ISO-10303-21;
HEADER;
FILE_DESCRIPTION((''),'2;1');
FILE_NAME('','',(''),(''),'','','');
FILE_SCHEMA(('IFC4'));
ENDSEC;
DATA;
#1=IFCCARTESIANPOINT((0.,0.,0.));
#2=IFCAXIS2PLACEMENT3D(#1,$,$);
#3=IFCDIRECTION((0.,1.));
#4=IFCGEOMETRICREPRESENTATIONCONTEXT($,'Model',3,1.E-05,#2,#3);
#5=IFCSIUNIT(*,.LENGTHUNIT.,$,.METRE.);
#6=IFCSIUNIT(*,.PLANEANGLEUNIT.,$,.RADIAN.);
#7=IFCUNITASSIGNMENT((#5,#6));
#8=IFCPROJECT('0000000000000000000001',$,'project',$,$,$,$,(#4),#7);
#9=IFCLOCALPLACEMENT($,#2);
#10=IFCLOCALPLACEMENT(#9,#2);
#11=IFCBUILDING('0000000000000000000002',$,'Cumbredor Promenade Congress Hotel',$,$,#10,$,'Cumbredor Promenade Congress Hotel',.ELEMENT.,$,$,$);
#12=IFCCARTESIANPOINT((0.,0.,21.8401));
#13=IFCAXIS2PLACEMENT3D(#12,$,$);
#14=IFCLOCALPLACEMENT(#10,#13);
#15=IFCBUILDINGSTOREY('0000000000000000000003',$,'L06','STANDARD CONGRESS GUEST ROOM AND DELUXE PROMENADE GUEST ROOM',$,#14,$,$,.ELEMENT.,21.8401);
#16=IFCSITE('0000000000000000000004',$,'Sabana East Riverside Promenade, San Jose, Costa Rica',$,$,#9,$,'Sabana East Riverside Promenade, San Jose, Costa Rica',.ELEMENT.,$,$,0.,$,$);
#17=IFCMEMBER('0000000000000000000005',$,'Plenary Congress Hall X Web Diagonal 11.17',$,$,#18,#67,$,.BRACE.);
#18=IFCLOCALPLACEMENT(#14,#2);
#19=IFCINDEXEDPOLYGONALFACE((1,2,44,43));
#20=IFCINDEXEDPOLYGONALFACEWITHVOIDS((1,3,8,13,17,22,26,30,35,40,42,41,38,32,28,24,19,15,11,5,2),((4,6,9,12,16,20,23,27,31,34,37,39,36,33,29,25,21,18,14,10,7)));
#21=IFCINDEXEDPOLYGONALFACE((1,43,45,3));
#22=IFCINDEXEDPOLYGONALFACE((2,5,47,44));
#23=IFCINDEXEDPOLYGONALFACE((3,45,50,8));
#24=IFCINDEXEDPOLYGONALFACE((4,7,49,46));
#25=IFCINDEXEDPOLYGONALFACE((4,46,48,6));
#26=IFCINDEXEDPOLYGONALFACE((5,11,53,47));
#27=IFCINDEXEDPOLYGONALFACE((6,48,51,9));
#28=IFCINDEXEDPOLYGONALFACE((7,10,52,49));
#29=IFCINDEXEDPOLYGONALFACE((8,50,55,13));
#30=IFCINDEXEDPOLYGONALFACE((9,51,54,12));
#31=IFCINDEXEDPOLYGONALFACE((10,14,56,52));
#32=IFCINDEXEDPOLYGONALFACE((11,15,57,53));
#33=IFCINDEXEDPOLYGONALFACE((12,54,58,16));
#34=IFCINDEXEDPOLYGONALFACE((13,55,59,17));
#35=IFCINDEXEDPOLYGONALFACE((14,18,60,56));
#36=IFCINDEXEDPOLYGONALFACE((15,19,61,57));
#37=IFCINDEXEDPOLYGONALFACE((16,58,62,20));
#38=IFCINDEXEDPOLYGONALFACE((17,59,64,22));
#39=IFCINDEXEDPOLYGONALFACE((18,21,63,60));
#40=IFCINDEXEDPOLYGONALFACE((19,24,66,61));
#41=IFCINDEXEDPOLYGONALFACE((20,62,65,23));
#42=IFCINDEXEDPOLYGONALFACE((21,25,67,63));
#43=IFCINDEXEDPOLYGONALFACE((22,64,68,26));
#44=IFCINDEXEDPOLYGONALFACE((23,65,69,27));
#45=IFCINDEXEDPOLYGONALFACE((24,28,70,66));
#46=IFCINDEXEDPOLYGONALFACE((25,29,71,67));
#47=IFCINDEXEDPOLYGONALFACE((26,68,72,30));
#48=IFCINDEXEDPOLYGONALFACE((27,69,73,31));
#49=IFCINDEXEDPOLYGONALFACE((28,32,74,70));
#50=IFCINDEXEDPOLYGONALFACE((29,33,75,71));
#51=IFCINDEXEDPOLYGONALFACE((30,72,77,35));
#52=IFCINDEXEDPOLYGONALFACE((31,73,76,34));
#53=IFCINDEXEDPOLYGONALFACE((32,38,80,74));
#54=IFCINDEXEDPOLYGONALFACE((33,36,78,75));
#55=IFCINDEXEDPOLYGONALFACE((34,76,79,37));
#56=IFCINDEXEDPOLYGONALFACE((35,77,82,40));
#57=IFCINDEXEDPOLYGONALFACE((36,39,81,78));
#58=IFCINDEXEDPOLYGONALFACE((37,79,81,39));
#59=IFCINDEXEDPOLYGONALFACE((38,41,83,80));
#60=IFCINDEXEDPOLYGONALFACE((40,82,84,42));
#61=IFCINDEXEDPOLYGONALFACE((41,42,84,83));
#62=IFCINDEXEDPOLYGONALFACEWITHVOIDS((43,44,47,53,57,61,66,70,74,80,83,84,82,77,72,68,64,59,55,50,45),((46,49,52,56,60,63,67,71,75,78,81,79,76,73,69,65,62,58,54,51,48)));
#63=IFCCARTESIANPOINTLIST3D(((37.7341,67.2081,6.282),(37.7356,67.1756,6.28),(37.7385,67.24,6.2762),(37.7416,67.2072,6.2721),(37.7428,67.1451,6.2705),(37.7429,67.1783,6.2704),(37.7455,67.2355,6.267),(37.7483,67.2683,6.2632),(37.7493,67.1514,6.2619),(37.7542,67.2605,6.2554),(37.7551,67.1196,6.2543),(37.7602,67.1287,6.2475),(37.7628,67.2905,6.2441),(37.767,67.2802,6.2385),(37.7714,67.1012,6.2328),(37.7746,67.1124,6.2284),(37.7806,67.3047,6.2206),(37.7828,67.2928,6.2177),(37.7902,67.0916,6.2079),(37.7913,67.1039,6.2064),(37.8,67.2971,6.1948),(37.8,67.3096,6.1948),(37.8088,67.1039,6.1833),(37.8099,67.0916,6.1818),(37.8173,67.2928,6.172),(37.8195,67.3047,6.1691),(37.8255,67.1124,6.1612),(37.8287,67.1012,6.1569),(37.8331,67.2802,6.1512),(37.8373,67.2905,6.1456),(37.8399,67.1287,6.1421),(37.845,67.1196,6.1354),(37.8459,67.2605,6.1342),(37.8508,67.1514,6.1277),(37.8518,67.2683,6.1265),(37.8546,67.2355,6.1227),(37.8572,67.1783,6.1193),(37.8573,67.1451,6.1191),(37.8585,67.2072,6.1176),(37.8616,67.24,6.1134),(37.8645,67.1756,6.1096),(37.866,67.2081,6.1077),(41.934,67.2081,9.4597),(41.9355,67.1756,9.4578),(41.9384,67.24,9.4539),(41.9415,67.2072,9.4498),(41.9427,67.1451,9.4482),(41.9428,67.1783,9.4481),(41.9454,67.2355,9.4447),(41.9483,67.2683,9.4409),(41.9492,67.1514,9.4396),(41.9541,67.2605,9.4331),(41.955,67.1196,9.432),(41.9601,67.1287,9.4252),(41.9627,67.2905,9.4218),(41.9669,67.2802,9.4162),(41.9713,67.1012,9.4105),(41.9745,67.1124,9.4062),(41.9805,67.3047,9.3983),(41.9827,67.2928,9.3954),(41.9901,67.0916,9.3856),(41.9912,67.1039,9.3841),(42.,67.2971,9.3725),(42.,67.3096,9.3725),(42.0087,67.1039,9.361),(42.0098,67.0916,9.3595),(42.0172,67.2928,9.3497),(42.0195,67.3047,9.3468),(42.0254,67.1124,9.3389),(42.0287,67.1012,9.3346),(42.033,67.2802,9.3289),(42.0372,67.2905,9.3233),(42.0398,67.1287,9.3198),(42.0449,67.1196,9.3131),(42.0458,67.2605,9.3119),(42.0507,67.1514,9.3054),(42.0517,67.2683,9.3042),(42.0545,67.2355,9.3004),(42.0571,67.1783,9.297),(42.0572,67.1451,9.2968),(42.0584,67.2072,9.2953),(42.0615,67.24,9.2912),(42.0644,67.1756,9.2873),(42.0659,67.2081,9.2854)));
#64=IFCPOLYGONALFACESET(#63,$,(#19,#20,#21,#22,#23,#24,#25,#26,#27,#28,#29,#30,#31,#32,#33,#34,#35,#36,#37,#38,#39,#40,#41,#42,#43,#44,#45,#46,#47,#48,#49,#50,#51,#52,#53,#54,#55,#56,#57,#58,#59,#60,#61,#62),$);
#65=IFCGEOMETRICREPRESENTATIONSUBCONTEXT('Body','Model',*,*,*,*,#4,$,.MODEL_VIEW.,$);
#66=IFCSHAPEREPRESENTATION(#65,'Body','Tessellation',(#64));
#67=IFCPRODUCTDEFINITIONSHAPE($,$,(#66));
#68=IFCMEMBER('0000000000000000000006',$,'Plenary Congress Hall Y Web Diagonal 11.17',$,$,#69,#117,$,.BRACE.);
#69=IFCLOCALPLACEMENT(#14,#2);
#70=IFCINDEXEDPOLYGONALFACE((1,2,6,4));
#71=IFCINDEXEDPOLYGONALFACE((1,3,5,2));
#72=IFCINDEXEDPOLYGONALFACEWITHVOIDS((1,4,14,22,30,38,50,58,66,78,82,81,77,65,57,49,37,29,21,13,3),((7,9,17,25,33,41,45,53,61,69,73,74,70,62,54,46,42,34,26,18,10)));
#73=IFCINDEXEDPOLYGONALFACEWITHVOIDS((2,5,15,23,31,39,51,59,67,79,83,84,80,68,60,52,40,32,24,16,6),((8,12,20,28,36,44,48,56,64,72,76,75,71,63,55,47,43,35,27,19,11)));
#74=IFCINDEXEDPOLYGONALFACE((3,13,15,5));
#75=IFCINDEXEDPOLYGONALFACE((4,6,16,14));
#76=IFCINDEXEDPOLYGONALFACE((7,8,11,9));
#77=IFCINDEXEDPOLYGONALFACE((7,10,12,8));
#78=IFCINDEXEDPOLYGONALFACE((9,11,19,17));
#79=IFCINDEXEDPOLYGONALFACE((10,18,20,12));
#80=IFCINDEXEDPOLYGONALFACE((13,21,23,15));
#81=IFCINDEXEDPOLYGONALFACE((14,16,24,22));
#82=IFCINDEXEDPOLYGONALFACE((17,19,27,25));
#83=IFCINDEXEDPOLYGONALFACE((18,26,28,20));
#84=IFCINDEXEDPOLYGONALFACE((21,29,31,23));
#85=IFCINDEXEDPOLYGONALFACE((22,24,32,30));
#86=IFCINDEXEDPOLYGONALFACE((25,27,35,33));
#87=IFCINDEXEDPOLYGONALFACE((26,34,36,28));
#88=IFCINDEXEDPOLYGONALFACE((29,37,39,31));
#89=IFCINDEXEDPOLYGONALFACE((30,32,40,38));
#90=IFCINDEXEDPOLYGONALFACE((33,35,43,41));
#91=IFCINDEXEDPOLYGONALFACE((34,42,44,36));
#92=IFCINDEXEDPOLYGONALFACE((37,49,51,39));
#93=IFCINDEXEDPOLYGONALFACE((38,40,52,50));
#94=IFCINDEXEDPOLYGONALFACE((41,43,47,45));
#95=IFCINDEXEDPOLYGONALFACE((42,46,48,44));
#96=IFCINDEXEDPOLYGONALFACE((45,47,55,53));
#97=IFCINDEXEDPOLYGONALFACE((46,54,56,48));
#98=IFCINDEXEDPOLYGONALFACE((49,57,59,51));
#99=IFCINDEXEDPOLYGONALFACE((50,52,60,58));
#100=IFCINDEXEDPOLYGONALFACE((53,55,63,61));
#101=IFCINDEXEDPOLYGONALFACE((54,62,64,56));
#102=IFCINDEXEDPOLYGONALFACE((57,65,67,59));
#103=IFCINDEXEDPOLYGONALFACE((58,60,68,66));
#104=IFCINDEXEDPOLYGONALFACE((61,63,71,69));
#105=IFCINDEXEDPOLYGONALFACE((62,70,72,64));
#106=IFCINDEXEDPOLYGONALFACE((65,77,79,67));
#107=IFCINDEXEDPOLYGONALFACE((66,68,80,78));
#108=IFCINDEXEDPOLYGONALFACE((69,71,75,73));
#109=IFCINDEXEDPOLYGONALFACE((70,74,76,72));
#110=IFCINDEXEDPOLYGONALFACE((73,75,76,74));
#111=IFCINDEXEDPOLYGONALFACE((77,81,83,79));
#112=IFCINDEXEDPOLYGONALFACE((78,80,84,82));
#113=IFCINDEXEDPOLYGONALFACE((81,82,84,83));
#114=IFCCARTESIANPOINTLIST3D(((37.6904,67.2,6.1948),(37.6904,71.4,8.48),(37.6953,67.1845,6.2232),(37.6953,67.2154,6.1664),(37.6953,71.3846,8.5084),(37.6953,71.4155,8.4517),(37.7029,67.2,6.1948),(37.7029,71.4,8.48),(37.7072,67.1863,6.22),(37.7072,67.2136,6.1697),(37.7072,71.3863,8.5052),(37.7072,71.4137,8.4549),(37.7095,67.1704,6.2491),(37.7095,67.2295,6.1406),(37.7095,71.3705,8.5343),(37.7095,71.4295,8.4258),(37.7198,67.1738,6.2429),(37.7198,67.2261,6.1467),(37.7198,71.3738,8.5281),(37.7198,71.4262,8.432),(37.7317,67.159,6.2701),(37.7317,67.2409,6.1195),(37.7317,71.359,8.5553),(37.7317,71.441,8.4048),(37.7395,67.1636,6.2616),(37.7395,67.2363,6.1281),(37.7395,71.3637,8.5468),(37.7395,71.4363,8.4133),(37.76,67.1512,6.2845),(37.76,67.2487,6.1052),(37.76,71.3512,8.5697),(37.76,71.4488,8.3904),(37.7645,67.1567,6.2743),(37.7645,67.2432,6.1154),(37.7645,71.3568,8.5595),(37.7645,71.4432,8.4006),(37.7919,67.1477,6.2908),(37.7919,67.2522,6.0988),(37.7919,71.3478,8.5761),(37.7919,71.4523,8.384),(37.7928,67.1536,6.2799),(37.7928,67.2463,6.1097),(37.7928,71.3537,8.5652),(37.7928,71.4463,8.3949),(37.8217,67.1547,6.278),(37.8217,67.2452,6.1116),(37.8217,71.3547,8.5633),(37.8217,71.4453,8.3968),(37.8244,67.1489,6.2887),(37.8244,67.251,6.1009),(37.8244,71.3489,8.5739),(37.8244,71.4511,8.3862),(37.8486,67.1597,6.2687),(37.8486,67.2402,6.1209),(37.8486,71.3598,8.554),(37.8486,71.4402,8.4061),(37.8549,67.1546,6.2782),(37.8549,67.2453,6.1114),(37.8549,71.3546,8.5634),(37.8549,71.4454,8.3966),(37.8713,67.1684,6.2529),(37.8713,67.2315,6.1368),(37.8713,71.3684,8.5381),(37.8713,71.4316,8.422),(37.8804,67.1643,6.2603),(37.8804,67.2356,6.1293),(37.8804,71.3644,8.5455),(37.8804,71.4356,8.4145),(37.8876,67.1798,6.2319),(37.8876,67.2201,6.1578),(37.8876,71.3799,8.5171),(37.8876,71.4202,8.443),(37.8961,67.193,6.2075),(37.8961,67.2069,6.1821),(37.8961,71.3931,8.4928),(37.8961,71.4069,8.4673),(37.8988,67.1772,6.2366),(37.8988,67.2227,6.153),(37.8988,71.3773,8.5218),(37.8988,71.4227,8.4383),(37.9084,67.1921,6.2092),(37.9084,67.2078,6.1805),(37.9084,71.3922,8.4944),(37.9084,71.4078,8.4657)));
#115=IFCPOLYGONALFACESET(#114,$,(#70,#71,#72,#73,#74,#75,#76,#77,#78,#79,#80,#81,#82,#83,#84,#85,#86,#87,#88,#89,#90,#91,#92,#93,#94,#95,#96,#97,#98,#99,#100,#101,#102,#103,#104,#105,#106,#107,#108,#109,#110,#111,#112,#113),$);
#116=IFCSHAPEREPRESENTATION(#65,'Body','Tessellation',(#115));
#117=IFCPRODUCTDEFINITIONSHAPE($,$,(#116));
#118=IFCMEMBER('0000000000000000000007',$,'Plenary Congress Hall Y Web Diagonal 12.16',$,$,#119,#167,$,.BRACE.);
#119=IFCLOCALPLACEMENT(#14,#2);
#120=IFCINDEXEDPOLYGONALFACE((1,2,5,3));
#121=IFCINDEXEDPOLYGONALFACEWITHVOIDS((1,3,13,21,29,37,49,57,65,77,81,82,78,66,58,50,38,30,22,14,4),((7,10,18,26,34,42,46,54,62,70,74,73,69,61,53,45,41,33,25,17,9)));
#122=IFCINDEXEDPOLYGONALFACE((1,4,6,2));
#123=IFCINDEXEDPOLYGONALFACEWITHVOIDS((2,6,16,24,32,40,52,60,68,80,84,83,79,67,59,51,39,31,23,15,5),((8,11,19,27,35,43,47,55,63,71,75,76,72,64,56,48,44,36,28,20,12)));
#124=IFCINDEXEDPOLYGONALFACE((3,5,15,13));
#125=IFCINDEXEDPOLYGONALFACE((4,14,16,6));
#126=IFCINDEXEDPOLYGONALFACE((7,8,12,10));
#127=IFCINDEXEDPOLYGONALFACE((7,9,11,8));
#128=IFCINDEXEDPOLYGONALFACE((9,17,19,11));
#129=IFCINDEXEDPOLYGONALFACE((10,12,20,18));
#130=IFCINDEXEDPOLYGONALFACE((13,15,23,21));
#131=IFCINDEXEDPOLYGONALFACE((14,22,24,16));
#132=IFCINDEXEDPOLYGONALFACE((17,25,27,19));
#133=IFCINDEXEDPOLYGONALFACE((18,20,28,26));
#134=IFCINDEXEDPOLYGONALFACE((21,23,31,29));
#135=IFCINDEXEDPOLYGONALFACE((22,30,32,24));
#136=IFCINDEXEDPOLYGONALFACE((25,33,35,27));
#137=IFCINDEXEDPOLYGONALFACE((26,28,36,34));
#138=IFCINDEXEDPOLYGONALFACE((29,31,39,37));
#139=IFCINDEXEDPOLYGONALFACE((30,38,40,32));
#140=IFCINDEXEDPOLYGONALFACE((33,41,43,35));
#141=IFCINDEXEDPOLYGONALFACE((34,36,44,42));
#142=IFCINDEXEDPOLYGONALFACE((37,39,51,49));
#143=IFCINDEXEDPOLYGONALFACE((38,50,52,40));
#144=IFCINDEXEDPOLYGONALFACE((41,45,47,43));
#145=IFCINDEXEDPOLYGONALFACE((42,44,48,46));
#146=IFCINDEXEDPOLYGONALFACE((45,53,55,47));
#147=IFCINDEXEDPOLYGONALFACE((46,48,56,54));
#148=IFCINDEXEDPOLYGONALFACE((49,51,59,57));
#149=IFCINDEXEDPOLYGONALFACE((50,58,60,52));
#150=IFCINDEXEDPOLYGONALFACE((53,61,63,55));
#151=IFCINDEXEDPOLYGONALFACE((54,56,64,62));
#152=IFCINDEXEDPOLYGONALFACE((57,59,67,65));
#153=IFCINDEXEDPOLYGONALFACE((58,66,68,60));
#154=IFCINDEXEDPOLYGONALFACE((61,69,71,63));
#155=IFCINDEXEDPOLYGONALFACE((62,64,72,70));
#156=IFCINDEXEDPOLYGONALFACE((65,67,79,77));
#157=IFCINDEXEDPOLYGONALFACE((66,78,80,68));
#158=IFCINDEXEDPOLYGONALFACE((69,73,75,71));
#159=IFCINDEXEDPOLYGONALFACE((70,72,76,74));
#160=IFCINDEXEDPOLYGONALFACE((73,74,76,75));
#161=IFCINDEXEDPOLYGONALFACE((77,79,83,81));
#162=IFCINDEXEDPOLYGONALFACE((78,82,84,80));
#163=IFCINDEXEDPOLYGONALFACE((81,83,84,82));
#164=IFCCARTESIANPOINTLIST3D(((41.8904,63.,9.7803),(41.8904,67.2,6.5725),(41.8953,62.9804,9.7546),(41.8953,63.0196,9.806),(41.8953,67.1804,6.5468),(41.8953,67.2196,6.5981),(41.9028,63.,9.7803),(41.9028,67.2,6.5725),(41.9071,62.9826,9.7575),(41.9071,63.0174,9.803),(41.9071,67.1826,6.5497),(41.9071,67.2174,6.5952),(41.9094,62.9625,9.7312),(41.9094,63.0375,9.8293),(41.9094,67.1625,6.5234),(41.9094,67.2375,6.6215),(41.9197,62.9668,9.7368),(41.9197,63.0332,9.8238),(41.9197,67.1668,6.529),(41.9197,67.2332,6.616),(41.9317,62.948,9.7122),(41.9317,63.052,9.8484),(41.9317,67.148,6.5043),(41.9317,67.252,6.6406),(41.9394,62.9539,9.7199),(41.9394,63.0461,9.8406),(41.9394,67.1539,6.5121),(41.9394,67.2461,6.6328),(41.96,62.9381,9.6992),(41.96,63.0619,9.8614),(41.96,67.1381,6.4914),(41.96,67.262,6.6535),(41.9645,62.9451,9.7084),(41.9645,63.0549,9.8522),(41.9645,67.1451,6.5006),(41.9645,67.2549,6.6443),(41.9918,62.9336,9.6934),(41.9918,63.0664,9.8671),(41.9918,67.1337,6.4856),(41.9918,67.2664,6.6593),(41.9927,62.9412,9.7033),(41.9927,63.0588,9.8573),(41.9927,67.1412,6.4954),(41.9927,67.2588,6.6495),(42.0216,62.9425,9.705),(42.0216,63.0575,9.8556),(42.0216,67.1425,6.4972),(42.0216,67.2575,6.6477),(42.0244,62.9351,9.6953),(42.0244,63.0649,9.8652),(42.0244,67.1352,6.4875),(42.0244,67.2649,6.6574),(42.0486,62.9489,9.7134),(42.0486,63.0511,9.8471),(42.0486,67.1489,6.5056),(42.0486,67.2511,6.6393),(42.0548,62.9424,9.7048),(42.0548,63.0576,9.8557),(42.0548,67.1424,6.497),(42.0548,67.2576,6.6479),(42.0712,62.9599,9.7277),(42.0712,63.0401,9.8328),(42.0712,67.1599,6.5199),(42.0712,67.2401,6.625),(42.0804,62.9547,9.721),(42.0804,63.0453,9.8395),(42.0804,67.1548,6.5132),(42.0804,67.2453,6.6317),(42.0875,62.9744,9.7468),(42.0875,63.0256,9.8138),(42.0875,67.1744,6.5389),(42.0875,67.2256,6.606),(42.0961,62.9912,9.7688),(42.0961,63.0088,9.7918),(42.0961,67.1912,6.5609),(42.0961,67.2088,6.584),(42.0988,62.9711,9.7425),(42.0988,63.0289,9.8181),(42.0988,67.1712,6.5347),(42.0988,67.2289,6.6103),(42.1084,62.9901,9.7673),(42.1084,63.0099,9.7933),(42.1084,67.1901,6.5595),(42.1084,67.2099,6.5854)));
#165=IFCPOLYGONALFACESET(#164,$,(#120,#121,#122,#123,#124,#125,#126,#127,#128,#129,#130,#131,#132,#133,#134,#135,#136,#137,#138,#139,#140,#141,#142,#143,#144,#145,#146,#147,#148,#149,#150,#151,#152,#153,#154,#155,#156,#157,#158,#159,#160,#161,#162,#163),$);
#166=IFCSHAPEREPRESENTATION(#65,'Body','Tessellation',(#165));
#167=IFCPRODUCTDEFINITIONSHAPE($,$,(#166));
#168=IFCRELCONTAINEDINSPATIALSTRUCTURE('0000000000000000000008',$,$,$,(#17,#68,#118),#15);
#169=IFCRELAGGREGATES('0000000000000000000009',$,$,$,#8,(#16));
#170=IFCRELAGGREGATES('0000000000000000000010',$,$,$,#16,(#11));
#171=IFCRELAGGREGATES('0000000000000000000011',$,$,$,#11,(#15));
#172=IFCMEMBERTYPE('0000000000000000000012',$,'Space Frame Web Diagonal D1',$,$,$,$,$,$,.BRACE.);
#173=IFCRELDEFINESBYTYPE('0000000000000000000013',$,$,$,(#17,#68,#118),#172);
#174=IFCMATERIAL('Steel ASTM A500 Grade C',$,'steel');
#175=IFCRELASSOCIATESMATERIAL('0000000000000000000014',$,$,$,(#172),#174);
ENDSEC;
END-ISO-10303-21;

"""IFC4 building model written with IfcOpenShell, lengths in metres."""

from ifc_helpers import new_model, si_unit, direction, frame, origin, origin_2d, place, context, subcontext, project, spatial, hollow_circle, extrude, material, material_profile, profile_set, type_object, element, save


model = new_model("IFC4")

# Units and contexts
model_context = context("Model", 3, precision=1e-05, world=origin(), true_north=direction((0.0, 1.0)))
body_context = subcontext(model_context, "Body", "Model", "MODEL_VIEW")
ifc_project = project(units=[si_unit("LENGTHUNIT", "METRE"), si_unit("PLANEANGLEUNIT", "RADIAN")], contexts=[model_context])

# Site, building, storey
site_placement = place(None, origin())
site = spatial("IfcSite", under=ifc_project, at=site_placement, Name="Sabana East Riverside Promenade, San Jose, Costa Rica", LongName="Sabana East Riverside Promenade, San Jose, Costa Rica", CompositionType="ELEMENT", RefElevation=0.0)
building_placement = place(site_placement, origin())
building = spatial("IfcBuilding", under=site, at=building_placement, Name="Cumbredor Promenade Congress Hotel", LongName="Cumbredor Promenade Congress Hotel", CompositionType="ELEMENT")
storey_placement = place(building_placement, frame((0.0, 0.0, 21.8401)))
storey = spatial("IfcBuildingStorey", under=building, at=storey_placement, Name="L06", Description="STANDARD CONGRESS GUEST ROOM AND DELUXE PROMENADE GUEST ROOM", CompositionType="ELEMENT", Elevation=21.8401)

# Members
ifc_material_1 = material(Name="Steel ASTM A500 Grade C", Category="steel")
ifc_material_profile_1 = material_profile(ifc_material_1, hollow_circle(Radius=0.1096, WallThickness=0.0125, at=origin_2d()), Name="CHS 219.1x12.5")
ifc_profile_set_1 = profile_set([ifc_material_profile_1], Name="Steel ASTM A500 Grade C")
member_type_1 = type_object("IfcMemberType", Name="Space Frame Web Diagonal D1", PredefinedType="BRACE", material=ifc_profile_set_1)
member_1_placement = place(storey_placement, frame((37.8, 67.2, 6.1948), z_axis=(0.797462, 0.0, 0.603369), x_axis=(0.0, 1.0, 0.0)))
element("IfcMember", 1, at=member_1_placement, inside=storey, type_object=member_type_1, Name="Plenary Congress Hall X Web Diagonal 11.17", PredefinedType="BRACE", context=body_context, shape_type="SweptSolid", body=[
    extrude(hollow_circle(Radius=0.1096, WallThickness=0.0125, at=origin_2d()), origin(), (0.0, 0.0, 1.0), 5.2666),
])
member_2_placement = place(storey_placement, frame((37.8, 67.2, 6.1948), z_axis=(0.0, 0.878399, 0.477929), x_axis=(-1.0, 0.0, 0.0)))
element("IfcMember", 2, at=member_2_placement, inside=storey, type_object=member_type_1, Name="Plenary Congress Hall Y Web Diagonal 11.17", PredefinedType="BRACE", context=body_context, shape_type="SweptSolid", body=[
    extrude(hollow_circle(Radius=0.1096, WallThickness=0.0125, at=origin_2d()), origin(), (0.0, 0.0, 1.0), 4.7815),
])
member_3_placement = place(storey_placement, frame((42.0, 63.0, 9.7803), z_axis=(0.0, 0.79472, -0.606977), x_axis=(-1.0, 0.0, 0.0)))
element("IfcMember", 3, at=member_3_placement, inside=storey, type_object=member_type_1, Name="Plenary Congress Hall Y Web Diagonal 12.16", PredefinedType="BRACE", context=body_context, shape_type="SweptSolid", body=[
    extrude(hollow_circle(Radius=0.1096, WallThickness=0.0125, at=origin_2d()), origin(), (0.0, 0.0, 1.0), 5.2849),
])

save(model, "model.ifc")
